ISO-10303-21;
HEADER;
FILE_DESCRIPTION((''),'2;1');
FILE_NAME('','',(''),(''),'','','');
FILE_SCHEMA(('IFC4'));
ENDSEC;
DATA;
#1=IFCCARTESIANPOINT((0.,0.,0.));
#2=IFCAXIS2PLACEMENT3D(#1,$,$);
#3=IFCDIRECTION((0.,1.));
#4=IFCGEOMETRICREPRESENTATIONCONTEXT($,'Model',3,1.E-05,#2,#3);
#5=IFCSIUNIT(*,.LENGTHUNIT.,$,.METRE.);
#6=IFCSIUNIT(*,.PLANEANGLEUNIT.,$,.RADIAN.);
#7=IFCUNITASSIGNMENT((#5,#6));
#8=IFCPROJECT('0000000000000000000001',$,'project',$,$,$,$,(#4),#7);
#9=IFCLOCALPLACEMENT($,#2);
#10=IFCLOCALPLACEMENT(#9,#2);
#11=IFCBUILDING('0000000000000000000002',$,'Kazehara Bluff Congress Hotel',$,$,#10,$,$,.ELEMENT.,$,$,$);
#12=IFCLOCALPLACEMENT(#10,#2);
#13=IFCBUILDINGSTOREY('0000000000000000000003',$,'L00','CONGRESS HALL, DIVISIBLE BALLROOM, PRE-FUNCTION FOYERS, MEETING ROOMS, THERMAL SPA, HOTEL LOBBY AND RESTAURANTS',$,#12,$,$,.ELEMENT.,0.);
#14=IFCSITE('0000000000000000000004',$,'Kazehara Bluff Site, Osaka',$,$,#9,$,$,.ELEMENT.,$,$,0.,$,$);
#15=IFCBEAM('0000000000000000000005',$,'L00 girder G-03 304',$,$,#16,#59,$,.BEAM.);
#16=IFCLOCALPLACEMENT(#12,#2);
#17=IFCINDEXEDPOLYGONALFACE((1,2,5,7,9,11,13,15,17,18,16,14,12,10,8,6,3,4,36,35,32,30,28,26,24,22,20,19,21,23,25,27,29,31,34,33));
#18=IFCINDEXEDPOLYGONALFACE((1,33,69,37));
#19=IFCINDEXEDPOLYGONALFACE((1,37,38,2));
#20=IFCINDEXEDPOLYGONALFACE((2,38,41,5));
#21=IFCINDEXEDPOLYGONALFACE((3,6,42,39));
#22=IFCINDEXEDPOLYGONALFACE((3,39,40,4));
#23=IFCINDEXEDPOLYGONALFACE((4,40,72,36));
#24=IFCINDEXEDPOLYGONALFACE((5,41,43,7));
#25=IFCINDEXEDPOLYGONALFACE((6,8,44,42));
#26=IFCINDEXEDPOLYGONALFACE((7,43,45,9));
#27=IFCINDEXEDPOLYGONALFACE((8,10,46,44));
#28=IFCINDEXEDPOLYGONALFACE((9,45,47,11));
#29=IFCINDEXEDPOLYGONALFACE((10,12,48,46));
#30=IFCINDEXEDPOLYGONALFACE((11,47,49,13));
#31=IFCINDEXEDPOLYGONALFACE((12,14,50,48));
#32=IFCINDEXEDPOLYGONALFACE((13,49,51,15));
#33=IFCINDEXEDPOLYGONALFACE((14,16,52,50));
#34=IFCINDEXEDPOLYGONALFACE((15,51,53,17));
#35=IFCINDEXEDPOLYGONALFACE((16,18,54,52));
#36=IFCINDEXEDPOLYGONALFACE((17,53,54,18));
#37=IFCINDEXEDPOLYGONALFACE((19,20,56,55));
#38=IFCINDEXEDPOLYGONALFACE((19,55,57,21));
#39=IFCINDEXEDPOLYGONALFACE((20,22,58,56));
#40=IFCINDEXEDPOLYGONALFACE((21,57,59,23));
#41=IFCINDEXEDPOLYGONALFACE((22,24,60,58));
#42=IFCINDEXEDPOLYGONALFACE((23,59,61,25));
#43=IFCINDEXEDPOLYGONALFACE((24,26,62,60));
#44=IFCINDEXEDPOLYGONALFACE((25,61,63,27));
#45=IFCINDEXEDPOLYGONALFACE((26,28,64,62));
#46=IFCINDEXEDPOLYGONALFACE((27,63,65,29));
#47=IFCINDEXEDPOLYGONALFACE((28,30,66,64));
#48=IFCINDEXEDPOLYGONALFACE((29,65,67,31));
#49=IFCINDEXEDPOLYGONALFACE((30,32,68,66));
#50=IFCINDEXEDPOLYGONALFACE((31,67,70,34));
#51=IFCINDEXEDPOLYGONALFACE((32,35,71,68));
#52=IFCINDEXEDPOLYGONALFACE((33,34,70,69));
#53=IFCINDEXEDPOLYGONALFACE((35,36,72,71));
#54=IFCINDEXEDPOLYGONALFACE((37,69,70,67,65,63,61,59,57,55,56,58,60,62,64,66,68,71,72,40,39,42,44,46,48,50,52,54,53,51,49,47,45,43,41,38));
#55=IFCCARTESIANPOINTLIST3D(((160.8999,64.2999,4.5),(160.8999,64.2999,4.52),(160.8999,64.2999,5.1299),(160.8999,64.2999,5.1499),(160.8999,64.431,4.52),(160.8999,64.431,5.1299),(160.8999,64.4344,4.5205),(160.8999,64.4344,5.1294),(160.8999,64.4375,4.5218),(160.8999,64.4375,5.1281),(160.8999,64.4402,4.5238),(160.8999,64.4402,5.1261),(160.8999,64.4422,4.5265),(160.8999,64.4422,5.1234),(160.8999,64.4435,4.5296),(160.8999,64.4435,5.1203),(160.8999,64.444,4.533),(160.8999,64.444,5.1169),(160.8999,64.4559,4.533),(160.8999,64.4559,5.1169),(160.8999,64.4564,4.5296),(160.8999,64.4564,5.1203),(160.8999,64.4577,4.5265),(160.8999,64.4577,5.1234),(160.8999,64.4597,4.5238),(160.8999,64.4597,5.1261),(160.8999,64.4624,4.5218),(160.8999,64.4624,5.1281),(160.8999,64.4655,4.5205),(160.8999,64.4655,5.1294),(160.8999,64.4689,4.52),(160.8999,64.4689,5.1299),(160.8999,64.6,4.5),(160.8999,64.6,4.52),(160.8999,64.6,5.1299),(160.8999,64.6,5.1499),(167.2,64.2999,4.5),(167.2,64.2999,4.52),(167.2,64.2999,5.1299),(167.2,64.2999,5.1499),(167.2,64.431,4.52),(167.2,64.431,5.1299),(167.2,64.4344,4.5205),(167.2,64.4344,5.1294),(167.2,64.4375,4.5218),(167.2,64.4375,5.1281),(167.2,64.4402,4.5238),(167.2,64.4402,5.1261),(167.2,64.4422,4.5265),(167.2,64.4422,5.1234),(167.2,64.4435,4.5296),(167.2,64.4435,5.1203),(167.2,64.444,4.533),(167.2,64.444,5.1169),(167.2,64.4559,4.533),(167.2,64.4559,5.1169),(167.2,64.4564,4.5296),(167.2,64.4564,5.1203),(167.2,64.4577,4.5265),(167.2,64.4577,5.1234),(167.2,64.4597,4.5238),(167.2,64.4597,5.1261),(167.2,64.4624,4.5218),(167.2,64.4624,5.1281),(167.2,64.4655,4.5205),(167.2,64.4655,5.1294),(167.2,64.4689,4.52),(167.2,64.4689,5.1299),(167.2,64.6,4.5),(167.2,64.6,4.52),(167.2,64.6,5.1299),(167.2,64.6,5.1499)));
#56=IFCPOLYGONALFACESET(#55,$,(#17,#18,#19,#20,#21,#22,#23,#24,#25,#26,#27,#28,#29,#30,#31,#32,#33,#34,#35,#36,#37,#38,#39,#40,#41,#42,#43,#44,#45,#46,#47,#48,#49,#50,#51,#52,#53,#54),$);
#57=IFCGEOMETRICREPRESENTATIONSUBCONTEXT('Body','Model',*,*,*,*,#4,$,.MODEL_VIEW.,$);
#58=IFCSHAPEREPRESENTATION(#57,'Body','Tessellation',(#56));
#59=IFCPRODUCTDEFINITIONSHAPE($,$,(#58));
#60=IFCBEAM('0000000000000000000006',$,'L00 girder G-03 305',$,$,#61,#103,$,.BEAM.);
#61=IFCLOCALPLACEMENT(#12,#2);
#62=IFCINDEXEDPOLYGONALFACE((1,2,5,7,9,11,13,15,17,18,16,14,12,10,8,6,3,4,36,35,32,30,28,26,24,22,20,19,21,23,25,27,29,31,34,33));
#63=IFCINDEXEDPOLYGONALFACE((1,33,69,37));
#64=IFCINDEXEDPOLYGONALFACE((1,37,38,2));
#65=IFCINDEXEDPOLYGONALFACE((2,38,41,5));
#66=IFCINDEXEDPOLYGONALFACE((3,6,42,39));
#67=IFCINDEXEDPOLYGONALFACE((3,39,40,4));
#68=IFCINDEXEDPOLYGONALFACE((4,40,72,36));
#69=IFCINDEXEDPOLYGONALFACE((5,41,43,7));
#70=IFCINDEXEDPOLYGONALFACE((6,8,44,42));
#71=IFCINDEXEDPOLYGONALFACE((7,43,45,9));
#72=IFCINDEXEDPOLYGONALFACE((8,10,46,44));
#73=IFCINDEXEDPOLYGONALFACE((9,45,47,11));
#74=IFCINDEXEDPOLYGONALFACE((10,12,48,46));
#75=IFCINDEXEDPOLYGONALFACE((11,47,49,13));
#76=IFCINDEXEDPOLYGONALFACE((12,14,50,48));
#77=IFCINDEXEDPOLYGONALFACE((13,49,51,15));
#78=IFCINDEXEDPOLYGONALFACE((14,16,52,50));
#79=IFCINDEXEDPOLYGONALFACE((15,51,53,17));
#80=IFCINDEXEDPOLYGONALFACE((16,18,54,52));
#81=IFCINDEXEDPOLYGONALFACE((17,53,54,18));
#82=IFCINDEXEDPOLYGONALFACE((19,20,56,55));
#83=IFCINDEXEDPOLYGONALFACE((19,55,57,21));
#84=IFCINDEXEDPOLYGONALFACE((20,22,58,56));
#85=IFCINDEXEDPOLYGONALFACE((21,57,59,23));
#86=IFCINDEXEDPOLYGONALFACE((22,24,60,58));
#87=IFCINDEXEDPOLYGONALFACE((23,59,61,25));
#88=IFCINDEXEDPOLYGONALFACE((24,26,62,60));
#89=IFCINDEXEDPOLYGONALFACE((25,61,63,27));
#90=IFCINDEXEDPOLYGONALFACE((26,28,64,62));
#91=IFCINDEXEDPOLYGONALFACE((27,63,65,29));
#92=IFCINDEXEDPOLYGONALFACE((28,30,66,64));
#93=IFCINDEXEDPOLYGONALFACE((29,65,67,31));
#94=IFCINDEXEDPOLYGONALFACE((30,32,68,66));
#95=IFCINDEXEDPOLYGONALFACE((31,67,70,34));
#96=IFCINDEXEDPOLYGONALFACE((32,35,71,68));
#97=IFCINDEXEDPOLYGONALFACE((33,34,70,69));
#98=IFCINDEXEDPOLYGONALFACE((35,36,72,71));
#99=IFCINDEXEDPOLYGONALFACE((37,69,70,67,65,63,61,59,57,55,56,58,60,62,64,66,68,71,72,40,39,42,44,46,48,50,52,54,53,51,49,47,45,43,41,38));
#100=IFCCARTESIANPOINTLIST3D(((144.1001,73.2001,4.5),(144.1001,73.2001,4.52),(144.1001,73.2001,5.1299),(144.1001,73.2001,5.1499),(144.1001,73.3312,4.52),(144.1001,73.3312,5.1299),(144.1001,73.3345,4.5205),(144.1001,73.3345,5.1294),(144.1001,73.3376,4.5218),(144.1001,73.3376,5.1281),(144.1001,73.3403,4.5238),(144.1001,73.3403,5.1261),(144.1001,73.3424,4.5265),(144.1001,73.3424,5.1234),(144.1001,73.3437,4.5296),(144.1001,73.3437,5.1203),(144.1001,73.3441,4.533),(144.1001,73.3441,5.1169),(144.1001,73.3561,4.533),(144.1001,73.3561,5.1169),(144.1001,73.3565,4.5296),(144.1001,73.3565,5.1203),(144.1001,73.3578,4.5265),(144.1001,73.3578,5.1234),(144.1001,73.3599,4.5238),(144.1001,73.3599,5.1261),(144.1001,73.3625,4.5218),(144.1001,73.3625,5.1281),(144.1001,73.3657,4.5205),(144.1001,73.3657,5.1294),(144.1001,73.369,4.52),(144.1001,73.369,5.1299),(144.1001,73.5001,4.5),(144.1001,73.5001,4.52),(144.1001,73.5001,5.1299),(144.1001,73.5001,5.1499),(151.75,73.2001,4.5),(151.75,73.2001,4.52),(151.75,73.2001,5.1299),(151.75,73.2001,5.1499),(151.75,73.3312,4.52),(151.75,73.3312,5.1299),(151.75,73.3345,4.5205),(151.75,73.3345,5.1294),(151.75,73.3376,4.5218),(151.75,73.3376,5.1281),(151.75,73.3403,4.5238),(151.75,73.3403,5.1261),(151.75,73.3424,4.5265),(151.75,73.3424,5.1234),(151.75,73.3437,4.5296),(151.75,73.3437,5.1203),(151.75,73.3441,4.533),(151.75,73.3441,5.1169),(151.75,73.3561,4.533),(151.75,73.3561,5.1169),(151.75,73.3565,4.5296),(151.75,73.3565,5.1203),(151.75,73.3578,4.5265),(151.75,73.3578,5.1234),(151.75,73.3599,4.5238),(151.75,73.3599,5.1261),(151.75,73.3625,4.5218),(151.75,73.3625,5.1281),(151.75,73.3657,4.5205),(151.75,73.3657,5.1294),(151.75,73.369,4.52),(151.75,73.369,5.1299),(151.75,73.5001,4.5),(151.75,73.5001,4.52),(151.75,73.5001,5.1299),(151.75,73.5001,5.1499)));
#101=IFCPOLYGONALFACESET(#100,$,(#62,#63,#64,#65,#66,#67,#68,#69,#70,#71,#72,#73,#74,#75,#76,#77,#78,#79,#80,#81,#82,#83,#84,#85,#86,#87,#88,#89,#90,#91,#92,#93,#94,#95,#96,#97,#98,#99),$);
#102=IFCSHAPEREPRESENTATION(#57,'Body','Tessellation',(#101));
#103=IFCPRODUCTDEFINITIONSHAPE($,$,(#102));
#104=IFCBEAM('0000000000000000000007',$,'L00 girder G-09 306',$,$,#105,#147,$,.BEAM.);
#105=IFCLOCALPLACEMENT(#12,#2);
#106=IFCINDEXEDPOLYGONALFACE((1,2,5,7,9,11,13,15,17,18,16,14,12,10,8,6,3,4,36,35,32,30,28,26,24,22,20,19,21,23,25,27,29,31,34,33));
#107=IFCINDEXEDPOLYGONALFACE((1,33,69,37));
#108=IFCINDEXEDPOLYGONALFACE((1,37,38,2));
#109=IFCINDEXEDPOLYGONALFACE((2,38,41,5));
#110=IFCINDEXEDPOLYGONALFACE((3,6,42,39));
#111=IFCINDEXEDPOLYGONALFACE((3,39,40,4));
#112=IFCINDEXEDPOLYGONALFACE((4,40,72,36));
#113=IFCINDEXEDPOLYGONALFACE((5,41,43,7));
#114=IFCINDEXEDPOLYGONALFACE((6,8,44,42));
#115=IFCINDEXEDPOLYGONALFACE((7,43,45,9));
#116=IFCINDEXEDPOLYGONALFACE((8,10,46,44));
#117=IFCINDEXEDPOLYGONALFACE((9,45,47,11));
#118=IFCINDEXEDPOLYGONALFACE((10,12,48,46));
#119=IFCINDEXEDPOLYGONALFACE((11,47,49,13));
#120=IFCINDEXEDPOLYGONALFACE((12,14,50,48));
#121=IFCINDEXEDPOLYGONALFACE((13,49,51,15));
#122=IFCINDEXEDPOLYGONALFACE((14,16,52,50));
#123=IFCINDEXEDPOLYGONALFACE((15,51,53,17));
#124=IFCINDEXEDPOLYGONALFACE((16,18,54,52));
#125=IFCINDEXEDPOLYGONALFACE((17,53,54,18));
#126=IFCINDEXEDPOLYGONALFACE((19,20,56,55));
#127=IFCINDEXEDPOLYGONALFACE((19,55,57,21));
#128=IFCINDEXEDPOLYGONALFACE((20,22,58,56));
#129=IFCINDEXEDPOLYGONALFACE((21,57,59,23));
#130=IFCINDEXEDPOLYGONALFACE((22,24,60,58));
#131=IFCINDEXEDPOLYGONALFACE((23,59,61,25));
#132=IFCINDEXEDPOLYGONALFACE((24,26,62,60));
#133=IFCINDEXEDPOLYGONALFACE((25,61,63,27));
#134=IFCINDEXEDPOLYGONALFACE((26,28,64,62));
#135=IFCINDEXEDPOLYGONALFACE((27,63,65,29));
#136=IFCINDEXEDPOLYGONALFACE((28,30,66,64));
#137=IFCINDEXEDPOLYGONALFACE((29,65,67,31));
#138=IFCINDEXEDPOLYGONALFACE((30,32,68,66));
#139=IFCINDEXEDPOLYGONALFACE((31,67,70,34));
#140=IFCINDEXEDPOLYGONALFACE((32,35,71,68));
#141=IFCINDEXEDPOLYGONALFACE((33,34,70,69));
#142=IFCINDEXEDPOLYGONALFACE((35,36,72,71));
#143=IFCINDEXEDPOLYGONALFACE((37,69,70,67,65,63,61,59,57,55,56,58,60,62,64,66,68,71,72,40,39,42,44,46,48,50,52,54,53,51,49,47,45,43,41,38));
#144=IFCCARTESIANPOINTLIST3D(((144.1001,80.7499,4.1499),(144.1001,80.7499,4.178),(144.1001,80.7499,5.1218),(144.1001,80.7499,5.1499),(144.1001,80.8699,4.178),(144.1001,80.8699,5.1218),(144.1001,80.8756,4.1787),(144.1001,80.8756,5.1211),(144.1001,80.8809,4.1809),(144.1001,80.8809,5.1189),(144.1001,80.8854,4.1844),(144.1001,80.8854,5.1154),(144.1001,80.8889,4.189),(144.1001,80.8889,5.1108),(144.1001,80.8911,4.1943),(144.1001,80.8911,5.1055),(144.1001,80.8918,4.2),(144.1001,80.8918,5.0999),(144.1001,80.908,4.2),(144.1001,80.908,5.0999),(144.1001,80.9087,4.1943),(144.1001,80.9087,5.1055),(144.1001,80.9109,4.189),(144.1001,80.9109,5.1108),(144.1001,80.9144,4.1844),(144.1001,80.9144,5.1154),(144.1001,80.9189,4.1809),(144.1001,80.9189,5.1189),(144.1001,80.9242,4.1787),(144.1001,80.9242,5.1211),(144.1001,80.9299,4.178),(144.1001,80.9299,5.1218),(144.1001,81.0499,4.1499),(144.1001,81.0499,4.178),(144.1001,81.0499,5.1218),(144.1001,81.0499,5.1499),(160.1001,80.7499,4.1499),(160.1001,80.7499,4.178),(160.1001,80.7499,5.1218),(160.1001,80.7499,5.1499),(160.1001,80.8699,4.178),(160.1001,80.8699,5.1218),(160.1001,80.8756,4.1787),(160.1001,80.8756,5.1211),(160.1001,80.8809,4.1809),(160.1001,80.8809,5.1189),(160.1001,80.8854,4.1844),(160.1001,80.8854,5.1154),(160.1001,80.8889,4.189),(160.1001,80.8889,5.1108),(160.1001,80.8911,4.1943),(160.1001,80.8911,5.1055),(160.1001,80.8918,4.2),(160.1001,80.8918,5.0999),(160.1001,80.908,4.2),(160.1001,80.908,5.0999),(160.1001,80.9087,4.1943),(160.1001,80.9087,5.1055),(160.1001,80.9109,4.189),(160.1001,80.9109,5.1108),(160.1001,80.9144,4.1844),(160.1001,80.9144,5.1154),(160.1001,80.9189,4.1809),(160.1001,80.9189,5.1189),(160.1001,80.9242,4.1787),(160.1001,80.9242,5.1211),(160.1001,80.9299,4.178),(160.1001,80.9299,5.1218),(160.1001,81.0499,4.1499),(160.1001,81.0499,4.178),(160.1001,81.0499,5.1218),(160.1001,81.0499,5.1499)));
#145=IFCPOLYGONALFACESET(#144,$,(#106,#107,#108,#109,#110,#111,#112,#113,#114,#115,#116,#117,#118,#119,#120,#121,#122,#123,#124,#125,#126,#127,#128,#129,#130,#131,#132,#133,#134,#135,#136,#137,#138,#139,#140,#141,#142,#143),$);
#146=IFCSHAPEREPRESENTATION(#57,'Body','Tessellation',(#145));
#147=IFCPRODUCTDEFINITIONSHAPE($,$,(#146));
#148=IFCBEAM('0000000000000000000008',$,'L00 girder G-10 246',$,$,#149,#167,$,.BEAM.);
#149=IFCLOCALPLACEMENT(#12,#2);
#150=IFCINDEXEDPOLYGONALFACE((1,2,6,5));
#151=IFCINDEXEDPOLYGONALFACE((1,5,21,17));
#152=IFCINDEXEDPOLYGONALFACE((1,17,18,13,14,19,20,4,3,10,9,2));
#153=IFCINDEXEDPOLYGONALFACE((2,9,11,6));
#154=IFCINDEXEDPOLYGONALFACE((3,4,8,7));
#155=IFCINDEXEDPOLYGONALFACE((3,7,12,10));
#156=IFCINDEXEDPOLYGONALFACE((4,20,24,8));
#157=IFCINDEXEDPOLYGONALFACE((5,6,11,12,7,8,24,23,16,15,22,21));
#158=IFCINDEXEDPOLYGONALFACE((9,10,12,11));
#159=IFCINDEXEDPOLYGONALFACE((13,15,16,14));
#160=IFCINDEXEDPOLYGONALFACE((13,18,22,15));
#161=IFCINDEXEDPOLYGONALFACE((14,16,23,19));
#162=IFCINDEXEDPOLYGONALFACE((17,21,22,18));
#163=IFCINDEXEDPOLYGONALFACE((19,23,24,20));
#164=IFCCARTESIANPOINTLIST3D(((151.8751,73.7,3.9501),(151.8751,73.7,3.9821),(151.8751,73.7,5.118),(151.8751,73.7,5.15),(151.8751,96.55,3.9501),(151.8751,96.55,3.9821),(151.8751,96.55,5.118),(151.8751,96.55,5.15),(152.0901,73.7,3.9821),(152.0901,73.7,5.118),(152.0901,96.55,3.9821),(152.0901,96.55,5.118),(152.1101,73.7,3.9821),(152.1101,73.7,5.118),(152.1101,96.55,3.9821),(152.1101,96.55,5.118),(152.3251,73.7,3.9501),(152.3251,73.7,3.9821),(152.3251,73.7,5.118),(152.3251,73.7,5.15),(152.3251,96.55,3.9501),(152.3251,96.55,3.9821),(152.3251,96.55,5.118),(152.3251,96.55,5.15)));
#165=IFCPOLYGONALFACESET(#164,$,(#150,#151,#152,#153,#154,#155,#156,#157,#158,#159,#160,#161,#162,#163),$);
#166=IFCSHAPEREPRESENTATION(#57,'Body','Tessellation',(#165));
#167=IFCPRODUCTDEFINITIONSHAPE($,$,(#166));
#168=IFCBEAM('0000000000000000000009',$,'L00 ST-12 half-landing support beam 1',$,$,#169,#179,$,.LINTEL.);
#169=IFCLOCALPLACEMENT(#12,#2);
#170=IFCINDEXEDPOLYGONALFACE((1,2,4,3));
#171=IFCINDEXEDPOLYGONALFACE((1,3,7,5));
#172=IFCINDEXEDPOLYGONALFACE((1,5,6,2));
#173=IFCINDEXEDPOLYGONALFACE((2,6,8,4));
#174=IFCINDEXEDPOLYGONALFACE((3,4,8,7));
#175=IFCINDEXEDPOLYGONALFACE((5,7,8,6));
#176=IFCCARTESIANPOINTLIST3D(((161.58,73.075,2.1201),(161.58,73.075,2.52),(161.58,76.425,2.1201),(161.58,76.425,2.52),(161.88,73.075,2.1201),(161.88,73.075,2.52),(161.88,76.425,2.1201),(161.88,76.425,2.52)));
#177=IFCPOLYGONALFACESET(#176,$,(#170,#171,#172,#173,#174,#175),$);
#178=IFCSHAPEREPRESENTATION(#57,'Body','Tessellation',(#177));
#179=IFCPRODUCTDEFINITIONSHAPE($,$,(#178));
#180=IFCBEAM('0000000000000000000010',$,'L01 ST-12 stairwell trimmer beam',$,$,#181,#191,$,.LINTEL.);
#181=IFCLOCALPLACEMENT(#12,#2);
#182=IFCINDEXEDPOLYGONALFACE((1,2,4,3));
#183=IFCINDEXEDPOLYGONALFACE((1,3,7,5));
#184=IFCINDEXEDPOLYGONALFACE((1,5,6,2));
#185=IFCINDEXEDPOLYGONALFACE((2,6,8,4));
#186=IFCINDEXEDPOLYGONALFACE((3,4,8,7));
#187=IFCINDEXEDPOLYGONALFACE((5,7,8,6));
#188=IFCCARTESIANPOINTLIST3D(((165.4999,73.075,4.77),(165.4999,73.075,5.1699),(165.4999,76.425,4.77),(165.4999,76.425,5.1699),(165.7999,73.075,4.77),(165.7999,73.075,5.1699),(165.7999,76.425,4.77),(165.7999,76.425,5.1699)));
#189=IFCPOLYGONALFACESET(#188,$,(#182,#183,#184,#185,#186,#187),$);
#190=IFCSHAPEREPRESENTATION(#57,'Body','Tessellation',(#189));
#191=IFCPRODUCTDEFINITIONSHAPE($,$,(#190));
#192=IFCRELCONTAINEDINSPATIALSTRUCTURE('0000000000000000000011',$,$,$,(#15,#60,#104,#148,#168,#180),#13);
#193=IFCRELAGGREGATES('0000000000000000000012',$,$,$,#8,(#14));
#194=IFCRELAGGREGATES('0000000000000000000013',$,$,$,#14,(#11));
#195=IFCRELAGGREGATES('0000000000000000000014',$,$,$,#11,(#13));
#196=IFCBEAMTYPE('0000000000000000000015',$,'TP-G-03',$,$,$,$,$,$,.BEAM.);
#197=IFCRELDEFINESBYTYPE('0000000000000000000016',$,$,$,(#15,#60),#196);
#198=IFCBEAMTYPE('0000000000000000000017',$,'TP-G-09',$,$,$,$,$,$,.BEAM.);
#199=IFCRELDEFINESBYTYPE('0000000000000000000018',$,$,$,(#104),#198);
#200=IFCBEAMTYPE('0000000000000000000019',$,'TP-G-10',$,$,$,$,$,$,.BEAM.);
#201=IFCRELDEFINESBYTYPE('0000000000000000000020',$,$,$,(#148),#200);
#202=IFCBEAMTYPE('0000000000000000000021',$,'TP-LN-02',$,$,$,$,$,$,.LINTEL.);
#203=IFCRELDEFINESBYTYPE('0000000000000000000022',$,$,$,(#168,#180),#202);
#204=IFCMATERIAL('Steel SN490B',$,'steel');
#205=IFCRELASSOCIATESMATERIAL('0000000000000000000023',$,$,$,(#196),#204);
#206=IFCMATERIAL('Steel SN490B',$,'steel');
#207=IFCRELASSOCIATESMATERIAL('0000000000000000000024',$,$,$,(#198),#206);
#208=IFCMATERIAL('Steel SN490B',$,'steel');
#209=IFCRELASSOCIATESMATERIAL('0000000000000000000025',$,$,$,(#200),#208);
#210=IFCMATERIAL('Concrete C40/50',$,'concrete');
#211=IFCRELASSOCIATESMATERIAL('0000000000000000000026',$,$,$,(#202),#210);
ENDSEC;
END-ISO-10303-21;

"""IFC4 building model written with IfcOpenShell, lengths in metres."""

from ifc_helpers import new_model, si_unit, direction, frame, origin, origin_2d, place, context, subcontext, project, spatial, rectangle, i_section, extrude, material, material_profile, profile_set, type_object, element, save


model = new_model("IFC4")

# Units and contexts
model_context = context("Model", 3, precision=1e-05, world=origin(), true_north=direction((0.0, 1.0)))
body_context = subcontext(model_context, "Body", "Model", "MODEL_VIEW")
ifc_project = project(units=[si_unit("LENGTHUNIT", "METRE"), si_unit("PLANEANGLEUNIT", "RADIAN")], contexts=[model_context])

# Site, building, storey
site_placement = place(None, origin())
site = spatial("IfcSite", under=ifc_project, at=site_placement, Name="Kazehara Bluff Site, Osaka", CompositionType="ELEMENT", RefElevation=0.0)
building_placement = place(site_placement, origin())
building = spatial("IfcBuilding", under=site, at=building_placement, Name="Kazehara Bluff Congress Hotel", CompositionType="ELEMENT")
storey_placement = place(building_placement, origin())
storey = spatial("IfcBuildingStorey", under=building, at=storey_placement, Name="L00", Description="CONGRESS HALL, DIVISIBLE BALLROOM, PRE-FUNCTION FOYERS, MEETING ROOMS, THERMAL SPA, HOTEL LOBBY AND RESTAURANTS", CompositionType="ELEMENT", Elevation=0.0)

# Beams
ifc_material_1 = material(Name="Steel SN490B", Category="steel")
ifc_material_profile_1 = material_profile(ifc_material_1, i_section(OverallWidth=0.3, OverallDepth=0.6499, WebThickness=0.012, FlangeThickness=0.02, FilletRadius=0.0129, at=origin_2d()))
ifc_profile_set_1 = profile_set([ifc_material_profile_1], Name="Steel SN490B")
beam_type_1 = type_object("IfcBeamType", Name="TP-G-03", PredefinedType="BEAM", material=ifc_profile_set_1)
beam_1_placement = place(storey_placement, frame((160.8999, 64.45, 4.825), z_axis=(1.0, 0.0, 0.0), x_axis=(0.0, 1.0, 0.0)))
element("IfcBeam", 1, at=beam_1_placement, inside=storey, type_object=beam_type_1, Name="L00 girder G-03 304", PredefinedType="BEAM", context=body_context, shape_type="SweptSolid", body=[
    extrude(i_section(OverallWidth=0.3, OverallDepth=0.6499, WebThickness=0.012, FlangeThickness=0.02, FilletRadius=0.0129, at=origin_2d()), origin(), (0.0, 0.0, 1.0), 6.3),
])
beam_2_placement = place(storey_placement, frame((144.1001, 73.3501, 4.825), z_axis=(1.0, 0.0, 0.0), x_axis=(0.0, 1.0, 0.0)))
element("IfcBeam", 2, at=beam_2_placement, inside=storey, type_object=beam_type_1, Name="L00 girder G-03 305", PredefinedType="BEAM", context=body_context, shape_type="SweptSolid", body=[
    extrude(i_section(OverallWidth=0.3, OverallDepth=0.6499, WebThickness=0.012, FlangeThickness=0.02, FilletRadius=0.0129, at=origin_2d()), origin(), (0.0, 0.0, 1.0), 7.6499),
])
ifc_material_2 = material(Name="Steel SN490B", Category="steel")
ifc_material_profile_2 = material_profile(ifc_material_2, i_section(OverallWidth=0.3, OverallDepth=1.0, WebThickness=0.0161, FlangeThickness=0.0281, FilletRadius=0.022, at=origin_2d()))
ifc_profile_set_2 = profile_set([ifc_material_profile_2], Name="Steel SN490B")
beam_type_2 = type_object("IfcBeamType", Name="TP-G-09", PredefinedType="BEAM", material=ifc_profile_set_2)
beam_3_placement = place(storey_placement, frame((144.1001, 80.8999, 4.6499), z_axis=(1.0, 0.0, 0.0), x_axis=(0.0, 1.0, 0.0)))
element("IfcBeam", 3, at=beam_3_placement, inside=storey, type_object=beam_type_2, Name="L00 girder G-09 306", PredefinedType="BEAM", context=body_context, shape_type="SweptSolid", body=[
    extrude(i_section(OverallWidth=0.3, OverallDepth=1.0, WebThickness=0.0161, FlangeThickness=0.0281, FilletRadius=0.022, at=origin_2d()), origin(), (0.0, 0.0, 1.0), 16.0),
])
ifc_material_3 = material(Name="Steel SN490B", Category="steel")
ifc_material_profile_3 = material_profile(ifc_material_3, i_section(OverallWidth=0.45, OverallDepth=1.2, WebThickness=0.02, FlangeThickness=0.032, at=origin_2d()))
ifc_profile_set_3 = profile_set([ifc_material_profile_3], Name="Steel SN490B")
beam_type_3 = type_object("IfcBeamType", Name="TP-G-10", PredefinedType="BEAM", material=ifc_profile_set_3)
beam_4_placement = place(storey_placement, frame((152.1001, 73.7, 4.55), z_axis=(0.0, 1.0, 0.0), x_axis=(-1.0, 0.0, 0.0)))
element("IfcBeam", 4, at=beam_4_placement, inside=storey, type_object=beam_type_3, Name="L00 girder G-10 246", PredefinedType="BEAM", context=body_context, shape_type="SweptSolid", body=[
    extrude(i_section(OverallWidth=0.45, OverallDepth=1.2, WebThickness=0.02, FlangeThickness=0.032, at=origin_2d()), origin(), (0.0, 0.0, 1.0), 22.8501),
])
ifc_material_4 = material(Name="Concrete C40/50", Category="concrete")
ifc_material_profile_4 = material_profile(ifc_material_4, rectangle(XDim=0.3, YDim=0.3999, at=origin_2d()))
ifc_profile_set_4 = profile_set([ifc_material_profile_4], Name="Concrete C40/50")
beam_type_4 = type_object("IfcBeamType", Name="TP-LN-02", PredefinedType="LINTEL", material=ifc_profile_set_4)
for number, where, z_axis, x_axis, name in (
    (5, (161.73, 76.425, 2.3201), (0.0, -1.0, 0.0), (1.0, 0.0, 0.0), "L00 ST-12 half-landing support beam 1"),
    (6, (165.6499, 76.425, 4.97), (0.0, -1.0, 0.0), (1.0, 0.0, 0.0), "L01 ST-12 stairwell trimmer beam"),
):
    element("IfcBeam", number, at=place(storey_placement, frame(where, z_axis=z_axis, x_axis=x_axis)), inside=storey, type_object=beam_type_4, Name=name, PredefinedType="LINTEL", context=body_context, shape_type="SweptSolid", body=[
        extrude(rectangle(XDim=0.3, YDim=0.3999, at=origin_2d()), origin(), (0.0, 0.0, 1.0), 3.3501),
    ])

save(model, "model.ifc")
